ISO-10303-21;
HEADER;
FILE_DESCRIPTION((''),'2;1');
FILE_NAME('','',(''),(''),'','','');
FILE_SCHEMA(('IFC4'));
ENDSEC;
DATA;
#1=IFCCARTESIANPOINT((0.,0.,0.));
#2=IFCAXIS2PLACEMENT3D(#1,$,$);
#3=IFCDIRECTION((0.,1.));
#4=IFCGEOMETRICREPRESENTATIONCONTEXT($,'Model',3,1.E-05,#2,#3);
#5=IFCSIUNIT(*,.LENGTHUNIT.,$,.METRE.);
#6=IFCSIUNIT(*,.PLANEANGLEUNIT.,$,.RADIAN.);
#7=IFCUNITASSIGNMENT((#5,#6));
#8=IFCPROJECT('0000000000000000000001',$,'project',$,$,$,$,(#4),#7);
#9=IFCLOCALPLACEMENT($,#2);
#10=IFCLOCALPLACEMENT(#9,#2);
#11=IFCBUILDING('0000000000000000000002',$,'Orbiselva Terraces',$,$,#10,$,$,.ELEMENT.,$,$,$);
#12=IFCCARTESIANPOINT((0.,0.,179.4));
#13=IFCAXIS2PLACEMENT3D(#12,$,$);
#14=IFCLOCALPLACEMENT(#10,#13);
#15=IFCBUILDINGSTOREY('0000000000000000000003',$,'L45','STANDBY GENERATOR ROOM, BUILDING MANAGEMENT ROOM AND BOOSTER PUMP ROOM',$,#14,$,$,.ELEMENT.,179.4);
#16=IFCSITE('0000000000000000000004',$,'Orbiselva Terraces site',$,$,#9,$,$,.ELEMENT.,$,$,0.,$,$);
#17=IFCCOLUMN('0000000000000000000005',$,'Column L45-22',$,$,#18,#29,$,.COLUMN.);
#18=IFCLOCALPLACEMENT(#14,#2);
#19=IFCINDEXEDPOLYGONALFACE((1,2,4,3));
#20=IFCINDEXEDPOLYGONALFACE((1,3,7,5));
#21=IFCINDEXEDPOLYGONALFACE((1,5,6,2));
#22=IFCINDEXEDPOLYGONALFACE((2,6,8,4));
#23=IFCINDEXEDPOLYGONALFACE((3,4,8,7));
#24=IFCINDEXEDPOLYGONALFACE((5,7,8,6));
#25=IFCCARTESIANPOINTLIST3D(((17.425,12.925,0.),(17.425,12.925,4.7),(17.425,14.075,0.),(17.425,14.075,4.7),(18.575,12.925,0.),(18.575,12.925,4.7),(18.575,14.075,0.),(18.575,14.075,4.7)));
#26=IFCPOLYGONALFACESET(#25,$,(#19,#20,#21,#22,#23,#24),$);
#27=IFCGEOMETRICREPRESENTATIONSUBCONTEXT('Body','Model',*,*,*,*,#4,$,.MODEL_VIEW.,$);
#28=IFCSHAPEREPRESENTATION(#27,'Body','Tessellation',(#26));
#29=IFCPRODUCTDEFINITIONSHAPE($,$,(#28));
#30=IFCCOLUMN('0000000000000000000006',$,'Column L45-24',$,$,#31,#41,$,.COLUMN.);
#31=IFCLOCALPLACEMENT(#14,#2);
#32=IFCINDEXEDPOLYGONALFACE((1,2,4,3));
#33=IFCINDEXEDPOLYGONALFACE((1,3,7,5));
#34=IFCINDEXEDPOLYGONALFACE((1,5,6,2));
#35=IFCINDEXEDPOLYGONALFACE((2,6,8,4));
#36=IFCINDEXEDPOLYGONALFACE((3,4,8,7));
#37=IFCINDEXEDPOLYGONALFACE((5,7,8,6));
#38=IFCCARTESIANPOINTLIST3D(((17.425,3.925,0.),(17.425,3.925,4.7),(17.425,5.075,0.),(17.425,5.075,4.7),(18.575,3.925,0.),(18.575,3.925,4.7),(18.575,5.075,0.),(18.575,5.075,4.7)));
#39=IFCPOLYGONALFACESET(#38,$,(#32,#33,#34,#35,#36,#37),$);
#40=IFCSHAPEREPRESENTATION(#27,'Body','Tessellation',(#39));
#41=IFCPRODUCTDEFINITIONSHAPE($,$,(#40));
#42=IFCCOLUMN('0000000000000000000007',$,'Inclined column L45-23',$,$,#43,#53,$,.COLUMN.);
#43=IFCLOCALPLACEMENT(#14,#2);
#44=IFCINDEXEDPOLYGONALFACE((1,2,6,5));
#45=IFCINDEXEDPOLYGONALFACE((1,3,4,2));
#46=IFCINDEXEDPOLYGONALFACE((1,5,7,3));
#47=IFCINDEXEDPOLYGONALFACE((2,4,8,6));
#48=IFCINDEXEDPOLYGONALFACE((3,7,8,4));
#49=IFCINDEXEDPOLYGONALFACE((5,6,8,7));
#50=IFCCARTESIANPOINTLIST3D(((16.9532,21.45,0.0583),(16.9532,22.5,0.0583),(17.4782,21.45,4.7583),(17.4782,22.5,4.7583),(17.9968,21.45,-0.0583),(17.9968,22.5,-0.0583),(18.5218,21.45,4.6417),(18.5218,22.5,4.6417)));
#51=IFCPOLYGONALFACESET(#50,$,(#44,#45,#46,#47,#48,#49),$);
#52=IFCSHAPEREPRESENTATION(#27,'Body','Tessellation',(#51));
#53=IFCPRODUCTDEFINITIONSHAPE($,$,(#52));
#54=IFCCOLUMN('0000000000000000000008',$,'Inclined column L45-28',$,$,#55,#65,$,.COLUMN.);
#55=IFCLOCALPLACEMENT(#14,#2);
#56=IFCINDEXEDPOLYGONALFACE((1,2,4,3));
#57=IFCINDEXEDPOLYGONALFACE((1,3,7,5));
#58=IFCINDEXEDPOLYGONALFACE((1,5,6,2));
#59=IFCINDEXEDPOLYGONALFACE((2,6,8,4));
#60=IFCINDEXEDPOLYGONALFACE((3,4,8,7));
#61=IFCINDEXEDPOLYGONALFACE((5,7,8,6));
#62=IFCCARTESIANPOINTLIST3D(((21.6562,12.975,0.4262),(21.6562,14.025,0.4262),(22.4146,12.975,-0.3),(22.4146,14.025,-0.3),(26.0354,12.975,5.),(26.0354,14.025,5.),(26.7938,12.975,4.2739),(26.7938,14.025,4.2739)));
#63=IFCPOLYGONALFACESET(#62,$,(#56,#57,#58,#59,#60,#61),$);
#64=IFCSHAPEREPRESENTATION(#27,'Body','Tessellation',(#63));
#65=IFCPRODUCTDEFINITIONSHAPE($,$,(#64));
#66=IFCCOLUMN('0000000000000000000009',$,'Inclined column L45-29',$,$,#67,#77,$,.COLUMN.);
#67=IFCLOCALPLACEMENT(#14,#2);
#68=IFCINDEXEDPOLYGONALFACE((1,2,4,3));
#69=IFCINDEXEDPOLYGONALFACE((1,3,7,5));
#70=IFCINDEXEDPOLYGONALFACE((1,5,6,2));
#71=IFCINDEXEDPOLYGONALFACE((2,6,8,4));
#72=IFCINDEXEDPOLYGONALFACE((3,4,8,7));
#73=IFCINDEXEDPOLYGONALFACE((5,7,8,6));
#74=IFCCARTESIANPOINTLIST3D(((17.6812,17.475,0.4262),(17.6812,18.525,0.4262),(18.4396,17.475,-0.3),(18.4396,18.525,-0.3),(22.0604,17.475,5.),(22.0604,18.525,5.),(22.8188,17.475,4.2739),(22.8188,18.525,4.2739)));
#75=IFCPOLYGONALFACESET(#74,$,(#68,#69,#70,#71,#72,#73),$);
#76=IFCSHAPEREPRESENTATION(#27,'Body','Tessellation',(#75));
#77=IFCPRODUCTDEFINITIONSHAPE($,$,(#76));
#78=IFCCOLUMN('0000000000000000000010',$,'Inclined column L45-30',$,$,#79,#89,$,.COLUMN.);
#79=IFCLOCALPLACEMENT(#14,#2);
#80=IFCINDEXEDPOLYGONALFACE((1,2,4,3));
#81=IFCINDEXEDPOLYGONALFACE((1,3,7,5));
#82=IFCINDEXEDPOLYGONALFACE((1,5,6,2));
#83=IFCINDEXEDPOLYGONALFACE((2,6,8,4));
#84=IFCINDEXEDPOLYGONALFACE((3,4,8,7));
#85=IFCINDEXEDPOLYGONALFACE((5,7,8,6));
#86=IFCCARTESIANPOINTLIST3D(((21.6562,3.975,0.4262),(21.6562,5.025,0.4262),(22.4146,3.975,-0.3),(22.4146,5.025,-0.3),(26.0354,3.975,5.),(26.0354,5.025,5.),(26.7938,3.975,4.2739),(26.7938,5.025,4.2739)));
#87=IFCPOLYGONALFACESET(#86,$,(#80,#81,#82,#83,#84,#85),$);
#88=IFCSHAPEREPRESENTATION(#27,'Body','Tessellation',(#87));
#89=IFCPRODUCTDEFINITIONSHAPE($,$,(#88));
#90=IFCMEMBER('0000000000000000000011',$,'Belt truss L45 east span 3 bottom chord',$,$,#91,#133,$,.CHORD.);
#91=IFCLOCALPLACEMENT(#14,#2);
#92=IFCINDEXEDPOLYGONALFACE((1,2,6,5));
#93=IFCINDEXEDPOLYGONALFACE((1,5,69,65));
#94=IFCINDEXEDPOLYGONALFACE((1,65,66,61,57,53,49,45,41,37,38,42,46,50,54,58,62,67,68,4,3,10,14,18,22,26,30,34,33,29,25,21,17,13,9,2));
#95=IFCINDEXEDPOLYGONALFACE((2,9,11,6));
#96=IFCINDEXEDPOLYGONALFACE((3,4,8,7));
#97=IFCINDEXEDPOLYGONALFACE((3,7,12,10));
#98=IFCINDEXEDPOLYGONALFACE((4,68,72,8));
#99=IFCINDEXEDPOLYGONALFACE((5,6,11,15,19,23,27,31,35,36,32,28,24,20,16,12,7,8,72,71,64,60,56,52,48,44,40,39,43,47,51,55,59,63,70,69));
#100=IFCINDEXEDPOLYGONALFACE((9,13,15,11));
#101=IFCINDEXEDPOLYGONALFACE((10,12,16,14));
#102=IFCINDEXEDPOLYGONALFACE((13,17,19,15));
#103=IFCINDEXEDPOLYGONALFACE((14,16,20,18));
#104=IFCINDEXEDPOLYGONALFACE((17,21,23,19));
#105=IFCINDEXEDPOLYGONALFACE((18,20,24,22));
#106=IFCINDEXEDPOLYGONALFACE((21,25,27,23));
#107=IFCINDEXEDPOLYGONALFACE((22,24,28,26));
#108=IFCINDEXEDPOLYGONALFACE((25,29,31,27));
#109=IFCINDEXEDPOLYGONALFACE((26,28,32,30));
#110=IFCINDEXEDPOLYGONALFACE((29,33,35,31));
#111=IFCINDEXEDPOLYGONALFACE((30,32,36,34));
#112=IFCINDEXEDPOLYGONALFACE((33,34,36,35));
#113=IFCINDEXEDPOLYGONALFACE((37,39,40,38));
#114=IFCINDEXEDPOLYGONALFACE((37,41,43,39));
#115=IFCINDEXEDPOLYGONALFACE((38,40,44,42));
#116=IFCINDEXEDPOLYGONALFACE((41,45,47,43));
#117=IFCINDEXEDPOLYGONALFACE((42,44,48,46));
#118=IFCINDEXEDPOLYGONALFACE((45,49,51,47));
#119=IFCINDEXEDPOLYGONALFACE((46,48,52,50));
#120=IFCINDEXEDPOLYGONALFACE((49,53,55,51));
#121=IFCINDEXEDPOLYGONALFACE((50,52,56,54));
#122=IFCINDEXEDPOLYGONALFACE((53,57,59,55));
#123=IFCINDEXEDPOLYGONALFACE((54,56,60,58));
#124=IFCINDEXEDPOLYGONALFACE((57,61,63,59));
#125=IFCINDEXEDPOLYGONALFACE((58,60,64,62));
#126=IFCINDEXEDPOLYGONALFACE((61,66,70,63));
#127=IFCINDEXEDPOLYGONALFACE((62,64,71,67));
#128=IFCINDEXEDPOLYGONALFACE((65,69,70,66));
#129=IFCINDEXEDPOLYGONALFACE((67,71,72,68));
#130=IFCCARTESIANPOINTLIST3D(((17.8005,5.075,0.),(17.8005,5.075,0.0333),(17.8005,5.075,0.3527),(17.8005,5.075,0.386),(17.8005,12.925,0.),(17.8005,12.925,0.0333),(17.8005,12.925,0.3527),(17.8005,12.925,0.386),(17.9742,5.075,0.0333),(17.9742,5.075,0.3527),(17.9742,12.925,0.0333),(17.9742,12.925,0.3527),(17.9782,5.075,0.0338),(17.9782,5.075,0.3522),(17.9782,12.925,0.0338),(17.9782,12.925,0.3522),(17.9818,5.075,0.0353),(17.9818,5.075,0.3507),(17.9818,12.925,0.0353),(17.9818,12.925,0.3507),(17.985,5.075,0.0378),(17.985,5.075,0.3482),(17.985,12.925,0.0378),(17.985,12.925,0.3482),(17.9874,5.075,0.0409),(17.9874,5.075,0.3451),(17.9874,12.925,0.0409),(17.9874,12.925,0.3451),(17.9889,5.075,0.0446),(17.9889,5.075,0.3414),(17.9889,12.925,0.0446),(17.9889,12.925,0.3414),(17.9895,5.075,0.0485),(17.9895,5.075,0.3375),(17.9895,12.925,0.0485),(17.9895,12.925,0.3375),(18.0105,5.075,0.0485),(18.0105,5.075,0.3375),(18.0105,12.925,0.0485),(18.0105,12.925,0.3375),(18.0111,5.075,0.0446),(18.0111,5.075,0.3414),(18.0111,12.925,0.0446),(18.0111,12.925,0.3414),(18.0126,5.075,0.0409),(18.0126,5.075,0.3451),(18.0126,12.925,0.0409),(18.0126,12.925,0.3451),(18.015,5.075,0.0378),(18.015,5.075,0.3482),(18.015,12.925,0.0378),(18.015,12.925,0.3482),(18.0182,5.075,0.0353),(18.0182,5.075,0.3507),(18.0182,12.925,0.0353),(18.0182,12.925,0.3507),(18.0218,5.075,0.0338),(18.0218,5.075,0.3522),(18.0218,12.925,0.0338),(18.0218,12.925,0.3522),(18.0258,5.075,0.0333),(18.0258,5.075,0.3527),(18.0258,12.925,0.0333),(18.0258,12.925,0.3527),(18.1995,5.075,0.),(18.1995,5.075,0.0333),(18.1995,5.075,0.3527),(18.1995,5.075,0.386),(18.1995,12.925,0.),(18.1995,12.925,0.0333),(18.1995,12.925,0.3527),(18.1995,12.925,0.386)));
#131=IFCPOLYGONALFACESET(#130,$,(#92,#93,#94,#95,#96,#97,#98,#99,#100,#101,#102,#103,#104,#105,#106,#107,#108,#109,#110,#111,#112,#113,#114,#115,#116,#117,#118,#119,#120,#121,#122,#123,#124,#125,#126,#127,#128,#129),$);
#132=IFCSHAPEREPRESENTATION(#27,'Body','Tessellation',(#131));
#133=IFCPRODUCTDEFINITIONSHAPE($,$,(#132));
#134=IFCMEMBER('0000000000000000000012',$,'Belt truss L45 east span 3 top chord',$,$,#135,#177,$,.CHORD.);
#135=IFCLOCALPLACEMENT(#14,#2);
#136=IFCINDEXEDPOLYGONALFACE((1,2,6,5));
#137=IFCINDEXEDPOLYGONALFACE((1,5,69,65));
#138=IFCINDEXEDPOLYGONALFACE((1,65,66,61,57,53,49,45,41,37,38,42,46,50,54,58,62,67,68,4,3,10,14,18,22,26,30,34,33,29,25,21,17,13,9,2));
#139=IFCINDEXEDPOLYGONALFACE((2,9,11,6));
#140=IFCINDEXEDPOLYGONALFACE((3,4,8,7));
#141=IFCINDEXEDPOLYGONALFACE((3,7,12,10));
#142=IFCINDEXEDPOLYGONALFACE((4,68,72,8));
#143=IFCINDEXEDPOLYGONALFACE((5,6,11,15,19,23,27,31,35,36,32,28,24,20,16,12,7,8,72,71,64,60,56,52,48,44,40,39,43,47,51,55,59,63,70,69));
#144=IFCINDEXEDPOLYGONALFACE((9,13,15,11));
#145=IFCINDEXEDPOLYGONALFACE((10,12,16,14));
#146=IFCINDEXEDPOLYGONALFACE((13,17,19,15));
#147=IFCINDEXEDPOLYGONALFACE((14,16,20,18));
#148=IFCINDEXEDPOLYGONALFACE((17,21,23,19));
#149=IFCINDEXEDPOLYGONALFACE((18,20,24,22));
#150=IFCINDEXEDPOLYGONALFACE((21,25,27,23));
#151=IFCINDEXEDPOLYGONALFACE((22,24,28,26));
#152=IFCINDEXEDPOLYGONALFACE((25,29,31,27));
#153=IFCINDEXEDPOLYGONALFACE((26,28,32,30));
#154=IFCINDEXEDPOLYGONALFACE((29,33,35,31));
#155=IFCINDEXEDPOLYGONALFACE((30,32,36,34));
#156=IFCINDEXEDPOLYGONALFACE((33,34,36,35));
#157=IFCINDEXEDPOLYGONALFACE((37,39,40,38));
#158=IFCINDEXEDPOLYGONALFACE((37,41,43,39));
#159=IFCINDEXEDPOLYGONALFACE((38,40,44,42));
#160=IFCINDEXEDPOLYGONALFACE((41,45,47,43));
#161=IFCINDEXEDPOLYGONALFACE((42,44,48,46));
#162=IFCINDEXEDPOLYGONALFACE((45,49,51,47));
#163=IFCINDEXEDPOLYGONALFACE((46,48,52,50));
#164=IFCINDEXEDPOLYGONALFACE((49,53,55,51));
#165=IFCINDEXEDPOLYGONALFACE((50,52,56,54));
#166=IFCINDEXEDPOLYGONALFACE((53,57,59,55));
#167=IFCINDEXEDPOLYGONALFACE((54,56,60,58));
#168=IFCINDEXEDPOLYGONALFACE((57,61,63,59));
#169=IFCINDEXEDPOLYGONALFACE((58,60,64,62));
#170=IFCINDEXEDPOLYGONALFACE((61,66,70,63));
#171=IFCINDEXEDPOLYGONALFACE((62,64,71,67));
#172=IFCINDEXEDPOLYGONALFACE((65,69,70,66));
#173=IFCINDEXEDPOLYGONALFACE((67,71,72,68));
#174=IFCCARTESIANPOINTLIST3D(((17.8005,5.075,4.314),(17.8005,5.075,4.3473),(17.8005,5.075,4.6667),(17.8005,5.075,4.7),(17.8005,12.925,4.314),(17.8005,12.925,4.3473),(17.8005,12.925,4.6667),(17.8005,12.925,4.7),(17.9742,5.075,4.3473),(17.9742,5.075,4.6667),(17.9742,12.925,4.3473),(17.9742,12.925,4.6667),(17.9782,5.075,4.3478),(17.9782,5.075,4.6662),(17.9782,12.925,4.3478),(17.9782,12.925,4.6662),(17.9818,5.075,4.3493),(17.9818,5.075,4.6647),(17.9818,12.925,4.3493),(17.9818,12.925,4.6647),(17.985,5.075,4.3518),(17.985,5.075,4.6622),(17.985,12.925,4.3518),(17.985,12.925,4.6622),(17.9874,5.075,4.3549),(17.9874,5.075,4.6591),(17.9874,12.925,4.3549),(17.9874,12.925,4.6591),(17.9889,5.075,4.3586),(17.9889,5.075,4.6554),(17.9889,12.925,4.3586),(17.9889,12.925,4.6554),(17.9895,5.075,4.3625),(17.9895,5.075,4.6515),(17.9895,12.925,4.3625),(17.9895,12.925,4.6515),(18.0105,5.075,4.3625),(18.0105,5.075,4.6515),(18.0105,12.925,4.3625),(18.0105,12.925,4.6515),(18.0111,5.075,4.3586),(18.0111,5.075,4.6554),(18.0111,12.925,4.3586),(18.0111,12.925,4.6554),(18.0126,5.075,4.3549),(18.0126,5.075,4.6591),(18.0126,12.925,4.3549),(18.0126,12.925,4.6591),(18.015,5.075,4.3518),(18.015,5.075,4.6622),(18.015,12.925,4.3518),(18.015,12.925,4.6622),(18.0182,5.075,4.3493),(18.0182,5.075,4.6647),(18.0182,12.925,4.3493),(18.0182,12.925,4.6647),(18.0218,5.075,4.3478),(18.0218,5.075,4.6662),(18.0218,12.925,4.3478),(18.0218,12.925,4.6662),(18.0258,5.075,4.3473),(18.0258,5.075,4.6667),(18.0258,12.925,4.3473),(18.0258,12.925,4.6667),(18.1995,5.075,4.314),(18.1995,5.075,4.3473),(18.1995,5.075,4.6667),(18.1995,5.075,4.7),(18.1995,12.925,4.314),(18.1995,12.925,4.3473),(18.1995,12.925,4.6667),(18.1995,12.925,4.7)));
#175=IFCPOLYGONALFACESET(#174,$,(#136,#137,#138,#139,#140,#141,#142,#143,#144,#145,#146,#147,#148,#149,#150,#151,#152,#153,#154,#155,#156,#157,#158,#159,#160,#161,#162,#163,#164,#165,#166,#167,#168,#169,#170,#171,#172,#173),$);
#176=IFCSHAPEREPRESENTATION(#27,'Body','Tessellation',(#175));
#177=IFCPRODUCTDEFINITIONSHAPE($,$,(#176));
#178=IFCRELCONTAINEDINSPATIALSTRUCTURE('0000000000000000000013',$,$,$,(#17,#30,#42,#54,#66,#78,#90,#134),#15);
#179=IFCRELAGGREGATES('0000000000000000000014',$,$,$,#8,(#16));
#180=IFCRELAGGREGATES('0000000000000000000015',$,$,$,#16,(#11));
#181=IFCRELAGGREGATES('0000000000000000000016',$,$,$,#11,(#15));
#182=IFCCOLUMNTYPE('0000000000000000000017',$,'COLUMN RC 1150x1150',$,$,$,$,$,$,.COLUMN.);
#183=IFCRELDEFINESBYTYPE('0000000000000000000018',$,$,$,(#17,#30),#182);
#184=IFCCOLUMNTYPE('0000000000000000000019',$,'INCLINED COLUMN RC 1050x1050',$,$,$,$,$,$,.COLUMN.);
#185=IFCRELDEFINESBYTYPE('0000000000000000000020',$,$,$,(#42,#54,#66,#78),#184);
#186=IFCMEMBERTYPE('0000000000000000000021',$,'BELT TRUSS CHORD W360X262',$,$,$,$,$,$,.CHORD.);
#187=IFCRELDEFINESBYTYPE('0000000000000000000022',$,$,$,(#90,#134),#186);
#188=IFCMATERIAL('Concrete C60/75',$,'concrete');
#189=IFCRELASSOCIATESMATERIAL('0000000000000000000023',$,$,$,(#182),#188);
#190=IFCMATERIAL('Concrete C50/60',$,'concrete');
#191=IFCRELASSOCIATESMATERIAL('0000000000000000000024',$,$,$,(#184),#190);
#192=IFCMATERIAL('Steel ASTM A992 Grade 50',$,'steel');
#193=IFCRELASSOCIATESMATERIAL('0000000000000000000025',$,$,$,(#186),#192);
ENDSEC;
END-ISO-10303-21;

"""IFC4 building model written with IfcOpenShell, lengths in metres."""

from ifc_helpers import new_model, si_unit, direction, frame, origin, origin_2d, place, context, subcontext, project, spatial, rectangle, i_section, extrude, material, material_profile, profile_set, type_object, element, save


model = new_model("IFC4")

# Units and contexts
model_context = context("Model", 3, precision=1e-05, world=origin(), true_north=direction((0.0, 1.0)))
body_context = subcontext(model_context, "Body", "Model", "MODEL_VIEW")
ifc_project = project(units=[si_unit("LENGTHUNIT", "METRE"), si_unit("PLANEANGLEUNIT", "RADIAN")], contexts=[model_context])

# Site, building, storey
site_placement = place(None, origin())
site = spatial("IfcSite", under=ifc_project, at=site_placement, Name="Orbiselva Terraces site", CompositionType="ELEMENT", RefElevation=0.0)
building_placement = place(site_placement, origin())
building = spatial("IfcBuilding", under=site, at=building_placement, Name="Orbiselva Terraces", CompositionType="ELEMENT")
storey_placement = place(building_placement, frame((0.0, 0.0, 179.4)))
storey = spatial("IfcBuildingStorey", under=building, at=storey_placement, Name="L45", Description="STANDBY GENERATOR ROOM, BUILDING MANAGEMENT ROOM AND BOOSTER PUMP ROOM", CompositionType="ELEMENT", Elevation=179.4)

# Columns
ifc_material_1 = material(Name="Concrete C60/75", Category="concrete")
ifc_material_profile_1 = material_profile(ifc_material_1, rectangle(XDim=1.15, YDim=1.15, at=origin_2d()), Name="RC 1150x1150")
ifc_profile_set_1 = profile_set([ifc_material_profile_1], Name="Concrete C60/75")
column_type_1 = type_object("IfcColumnType", Name="COLUMN RC 1150x1150", PredefinedType="COLUMN", material=ifc_profile_set_1)
for number, where, z_axis, x_axis, name in (
    (1, (18.0, 13.5, 0.0), (0.0, 0.0, 1.0), (1.0, 0.0, 0.0), "Column L45-22"),
    (2, (18.0, 4.5, 0.0), (0.0, 0.0, 1.0), (1.0, 0.0, 0.0), "Column L45-24"),
):
    element("IfcColumn", number, at=place(storey_placement, frame(where, z_axis=z_axis, x_axis=x_axis)), inside=storey, type_object=column_type_1, Name=name, PredefinedType="COLUMN", context=body_context, shape_type="SweptSolid", body=[
        extrude(rectangle(XDim=1.15, YDim=1.15, at=origin_2d()), origin(), (0.0, 0.0, 1.0), 4.7),
    ])
ifc_material_2 = material(Name="Concrete C50/60", Category="concrete")
ifc_material_profile_2 = material_profile(ifc_material_2, rectangle(XDim=1.05, YDim=1.05, at=origin_2d()), Name="RC 1050x1050")
ifc_profile_set_2 = profile_set([ifc_material_profile_2], Name="Concrete C50/60")
column_type_2 = type_object("IfcColumnType", Name="INCLINED COLUMN RC 1050x1050", PredefinedType="COLUMN", material=ifc_profile_set_2)
column_placement = place(storey_placement, frame((17.475, 21.975, 0.0), z_axis=(0.111012, 0.0, 0.993819), x_axis=(0.0, 1.0, 0.0)))
element("IfcColumn", 3, at=column_placement, inside=storey, type_object=column_type_2, Name="Inclined column L45-23", PredefinedType="COLUMN", context=body_context, shape_type="SweptSolid", body=[
    extrude(rectangle(XDim=1.05, YDim=1.05, at=origin_2d()), origin(), (0.0, 0.0, 1.0), 4.7292),
])
for number, where, z_axis, x_axis, name in (
    (4, (22.0354, 13.5, 0.0631), (0.691571, 0.0, 0.722308), (0.0, 1.0, 0.0), "Inclined column L45-28"),
    (5, (18.0604, 18.0, 0.0631), (0.691571, 0.0, 0.722308), (0.0, 1.0, 0.0), "Inclined column L45-29"),
    (6, (22.0354, 4.5, 0.0631), (0.691571, 0.0, 0.722308), (0.0, 1.0, 0.0), "Inclined column L45-30"),
):
    element("IfcColumn", number, at=place(storey_placement, frame(where, z_axis=z_axis, x_axis=x_axis)), inside=storey, type_object=column_type_2, Name=name, PredefinedType="COLUMN", context=body_context, shape_type="SweptSolid", body=[
        extrude(rectangle(XDim=1.05, YDim=1.05, at=origin_2d()), origin(), (0.0, 0.0, 1.0), 6.3323),
    ])

# Members
ifc_material_3 = material(Name="Steel ASTM A992 Grade 50", Category="steel")
ifc_material_profile_3 = material_profile(ifc_material_3, i_section(OverallWidth=0.399, OverallDepth=0.386, WebThickness=0.0211, FlangeThickness=0.0333, FilletRadius=0.0152, at=origin_2d()), Name="W360X262")
ifc_profile_set_3 = profile_set([ifc_material_profile_3], Name="Steel ASTM A992 Grade 50")
member_type_1 = type_object("IfcMemberType", Name="BELT TRUSS CHORD W360X262", PredefinedType="CHORD", material=ifc_profile_set_3)
for number, where, z_axis, x_axis, name in (
    (7, (18.0, 5.075, 0.193), (0.0, 1.0, 0.0), (-1.0, 0.0, 0.0), "Belt truss L45 east span 3 bottom chord"),
    (8, (18.0, 5.075, 4.507), (0.0, 1.0, 0.0), (-1.0, 0.0, 0.0), "Belt truss L45 east span 3 top chord"),
):
    element("IfcMember", number, at=place(storey_placement, frame(where, z_axis=z_axis, x_axis=x_axis)), inside=storey, type_object=member_type_1, Name=name, PredefinedType="CHORD", context=body_context, shape_type="SweptSolid", body=[
        extrude(i_section(OverallWidth=0.399, OverallDepth=0.386, WebThickness=0.0211, FlangeThickness=0.0333, FilletRadius=0.0152, at=origin_2d()), origin(), (0.0, 0.0, 1.0), 7.85),
    ])

save(model, "model.ifc")
